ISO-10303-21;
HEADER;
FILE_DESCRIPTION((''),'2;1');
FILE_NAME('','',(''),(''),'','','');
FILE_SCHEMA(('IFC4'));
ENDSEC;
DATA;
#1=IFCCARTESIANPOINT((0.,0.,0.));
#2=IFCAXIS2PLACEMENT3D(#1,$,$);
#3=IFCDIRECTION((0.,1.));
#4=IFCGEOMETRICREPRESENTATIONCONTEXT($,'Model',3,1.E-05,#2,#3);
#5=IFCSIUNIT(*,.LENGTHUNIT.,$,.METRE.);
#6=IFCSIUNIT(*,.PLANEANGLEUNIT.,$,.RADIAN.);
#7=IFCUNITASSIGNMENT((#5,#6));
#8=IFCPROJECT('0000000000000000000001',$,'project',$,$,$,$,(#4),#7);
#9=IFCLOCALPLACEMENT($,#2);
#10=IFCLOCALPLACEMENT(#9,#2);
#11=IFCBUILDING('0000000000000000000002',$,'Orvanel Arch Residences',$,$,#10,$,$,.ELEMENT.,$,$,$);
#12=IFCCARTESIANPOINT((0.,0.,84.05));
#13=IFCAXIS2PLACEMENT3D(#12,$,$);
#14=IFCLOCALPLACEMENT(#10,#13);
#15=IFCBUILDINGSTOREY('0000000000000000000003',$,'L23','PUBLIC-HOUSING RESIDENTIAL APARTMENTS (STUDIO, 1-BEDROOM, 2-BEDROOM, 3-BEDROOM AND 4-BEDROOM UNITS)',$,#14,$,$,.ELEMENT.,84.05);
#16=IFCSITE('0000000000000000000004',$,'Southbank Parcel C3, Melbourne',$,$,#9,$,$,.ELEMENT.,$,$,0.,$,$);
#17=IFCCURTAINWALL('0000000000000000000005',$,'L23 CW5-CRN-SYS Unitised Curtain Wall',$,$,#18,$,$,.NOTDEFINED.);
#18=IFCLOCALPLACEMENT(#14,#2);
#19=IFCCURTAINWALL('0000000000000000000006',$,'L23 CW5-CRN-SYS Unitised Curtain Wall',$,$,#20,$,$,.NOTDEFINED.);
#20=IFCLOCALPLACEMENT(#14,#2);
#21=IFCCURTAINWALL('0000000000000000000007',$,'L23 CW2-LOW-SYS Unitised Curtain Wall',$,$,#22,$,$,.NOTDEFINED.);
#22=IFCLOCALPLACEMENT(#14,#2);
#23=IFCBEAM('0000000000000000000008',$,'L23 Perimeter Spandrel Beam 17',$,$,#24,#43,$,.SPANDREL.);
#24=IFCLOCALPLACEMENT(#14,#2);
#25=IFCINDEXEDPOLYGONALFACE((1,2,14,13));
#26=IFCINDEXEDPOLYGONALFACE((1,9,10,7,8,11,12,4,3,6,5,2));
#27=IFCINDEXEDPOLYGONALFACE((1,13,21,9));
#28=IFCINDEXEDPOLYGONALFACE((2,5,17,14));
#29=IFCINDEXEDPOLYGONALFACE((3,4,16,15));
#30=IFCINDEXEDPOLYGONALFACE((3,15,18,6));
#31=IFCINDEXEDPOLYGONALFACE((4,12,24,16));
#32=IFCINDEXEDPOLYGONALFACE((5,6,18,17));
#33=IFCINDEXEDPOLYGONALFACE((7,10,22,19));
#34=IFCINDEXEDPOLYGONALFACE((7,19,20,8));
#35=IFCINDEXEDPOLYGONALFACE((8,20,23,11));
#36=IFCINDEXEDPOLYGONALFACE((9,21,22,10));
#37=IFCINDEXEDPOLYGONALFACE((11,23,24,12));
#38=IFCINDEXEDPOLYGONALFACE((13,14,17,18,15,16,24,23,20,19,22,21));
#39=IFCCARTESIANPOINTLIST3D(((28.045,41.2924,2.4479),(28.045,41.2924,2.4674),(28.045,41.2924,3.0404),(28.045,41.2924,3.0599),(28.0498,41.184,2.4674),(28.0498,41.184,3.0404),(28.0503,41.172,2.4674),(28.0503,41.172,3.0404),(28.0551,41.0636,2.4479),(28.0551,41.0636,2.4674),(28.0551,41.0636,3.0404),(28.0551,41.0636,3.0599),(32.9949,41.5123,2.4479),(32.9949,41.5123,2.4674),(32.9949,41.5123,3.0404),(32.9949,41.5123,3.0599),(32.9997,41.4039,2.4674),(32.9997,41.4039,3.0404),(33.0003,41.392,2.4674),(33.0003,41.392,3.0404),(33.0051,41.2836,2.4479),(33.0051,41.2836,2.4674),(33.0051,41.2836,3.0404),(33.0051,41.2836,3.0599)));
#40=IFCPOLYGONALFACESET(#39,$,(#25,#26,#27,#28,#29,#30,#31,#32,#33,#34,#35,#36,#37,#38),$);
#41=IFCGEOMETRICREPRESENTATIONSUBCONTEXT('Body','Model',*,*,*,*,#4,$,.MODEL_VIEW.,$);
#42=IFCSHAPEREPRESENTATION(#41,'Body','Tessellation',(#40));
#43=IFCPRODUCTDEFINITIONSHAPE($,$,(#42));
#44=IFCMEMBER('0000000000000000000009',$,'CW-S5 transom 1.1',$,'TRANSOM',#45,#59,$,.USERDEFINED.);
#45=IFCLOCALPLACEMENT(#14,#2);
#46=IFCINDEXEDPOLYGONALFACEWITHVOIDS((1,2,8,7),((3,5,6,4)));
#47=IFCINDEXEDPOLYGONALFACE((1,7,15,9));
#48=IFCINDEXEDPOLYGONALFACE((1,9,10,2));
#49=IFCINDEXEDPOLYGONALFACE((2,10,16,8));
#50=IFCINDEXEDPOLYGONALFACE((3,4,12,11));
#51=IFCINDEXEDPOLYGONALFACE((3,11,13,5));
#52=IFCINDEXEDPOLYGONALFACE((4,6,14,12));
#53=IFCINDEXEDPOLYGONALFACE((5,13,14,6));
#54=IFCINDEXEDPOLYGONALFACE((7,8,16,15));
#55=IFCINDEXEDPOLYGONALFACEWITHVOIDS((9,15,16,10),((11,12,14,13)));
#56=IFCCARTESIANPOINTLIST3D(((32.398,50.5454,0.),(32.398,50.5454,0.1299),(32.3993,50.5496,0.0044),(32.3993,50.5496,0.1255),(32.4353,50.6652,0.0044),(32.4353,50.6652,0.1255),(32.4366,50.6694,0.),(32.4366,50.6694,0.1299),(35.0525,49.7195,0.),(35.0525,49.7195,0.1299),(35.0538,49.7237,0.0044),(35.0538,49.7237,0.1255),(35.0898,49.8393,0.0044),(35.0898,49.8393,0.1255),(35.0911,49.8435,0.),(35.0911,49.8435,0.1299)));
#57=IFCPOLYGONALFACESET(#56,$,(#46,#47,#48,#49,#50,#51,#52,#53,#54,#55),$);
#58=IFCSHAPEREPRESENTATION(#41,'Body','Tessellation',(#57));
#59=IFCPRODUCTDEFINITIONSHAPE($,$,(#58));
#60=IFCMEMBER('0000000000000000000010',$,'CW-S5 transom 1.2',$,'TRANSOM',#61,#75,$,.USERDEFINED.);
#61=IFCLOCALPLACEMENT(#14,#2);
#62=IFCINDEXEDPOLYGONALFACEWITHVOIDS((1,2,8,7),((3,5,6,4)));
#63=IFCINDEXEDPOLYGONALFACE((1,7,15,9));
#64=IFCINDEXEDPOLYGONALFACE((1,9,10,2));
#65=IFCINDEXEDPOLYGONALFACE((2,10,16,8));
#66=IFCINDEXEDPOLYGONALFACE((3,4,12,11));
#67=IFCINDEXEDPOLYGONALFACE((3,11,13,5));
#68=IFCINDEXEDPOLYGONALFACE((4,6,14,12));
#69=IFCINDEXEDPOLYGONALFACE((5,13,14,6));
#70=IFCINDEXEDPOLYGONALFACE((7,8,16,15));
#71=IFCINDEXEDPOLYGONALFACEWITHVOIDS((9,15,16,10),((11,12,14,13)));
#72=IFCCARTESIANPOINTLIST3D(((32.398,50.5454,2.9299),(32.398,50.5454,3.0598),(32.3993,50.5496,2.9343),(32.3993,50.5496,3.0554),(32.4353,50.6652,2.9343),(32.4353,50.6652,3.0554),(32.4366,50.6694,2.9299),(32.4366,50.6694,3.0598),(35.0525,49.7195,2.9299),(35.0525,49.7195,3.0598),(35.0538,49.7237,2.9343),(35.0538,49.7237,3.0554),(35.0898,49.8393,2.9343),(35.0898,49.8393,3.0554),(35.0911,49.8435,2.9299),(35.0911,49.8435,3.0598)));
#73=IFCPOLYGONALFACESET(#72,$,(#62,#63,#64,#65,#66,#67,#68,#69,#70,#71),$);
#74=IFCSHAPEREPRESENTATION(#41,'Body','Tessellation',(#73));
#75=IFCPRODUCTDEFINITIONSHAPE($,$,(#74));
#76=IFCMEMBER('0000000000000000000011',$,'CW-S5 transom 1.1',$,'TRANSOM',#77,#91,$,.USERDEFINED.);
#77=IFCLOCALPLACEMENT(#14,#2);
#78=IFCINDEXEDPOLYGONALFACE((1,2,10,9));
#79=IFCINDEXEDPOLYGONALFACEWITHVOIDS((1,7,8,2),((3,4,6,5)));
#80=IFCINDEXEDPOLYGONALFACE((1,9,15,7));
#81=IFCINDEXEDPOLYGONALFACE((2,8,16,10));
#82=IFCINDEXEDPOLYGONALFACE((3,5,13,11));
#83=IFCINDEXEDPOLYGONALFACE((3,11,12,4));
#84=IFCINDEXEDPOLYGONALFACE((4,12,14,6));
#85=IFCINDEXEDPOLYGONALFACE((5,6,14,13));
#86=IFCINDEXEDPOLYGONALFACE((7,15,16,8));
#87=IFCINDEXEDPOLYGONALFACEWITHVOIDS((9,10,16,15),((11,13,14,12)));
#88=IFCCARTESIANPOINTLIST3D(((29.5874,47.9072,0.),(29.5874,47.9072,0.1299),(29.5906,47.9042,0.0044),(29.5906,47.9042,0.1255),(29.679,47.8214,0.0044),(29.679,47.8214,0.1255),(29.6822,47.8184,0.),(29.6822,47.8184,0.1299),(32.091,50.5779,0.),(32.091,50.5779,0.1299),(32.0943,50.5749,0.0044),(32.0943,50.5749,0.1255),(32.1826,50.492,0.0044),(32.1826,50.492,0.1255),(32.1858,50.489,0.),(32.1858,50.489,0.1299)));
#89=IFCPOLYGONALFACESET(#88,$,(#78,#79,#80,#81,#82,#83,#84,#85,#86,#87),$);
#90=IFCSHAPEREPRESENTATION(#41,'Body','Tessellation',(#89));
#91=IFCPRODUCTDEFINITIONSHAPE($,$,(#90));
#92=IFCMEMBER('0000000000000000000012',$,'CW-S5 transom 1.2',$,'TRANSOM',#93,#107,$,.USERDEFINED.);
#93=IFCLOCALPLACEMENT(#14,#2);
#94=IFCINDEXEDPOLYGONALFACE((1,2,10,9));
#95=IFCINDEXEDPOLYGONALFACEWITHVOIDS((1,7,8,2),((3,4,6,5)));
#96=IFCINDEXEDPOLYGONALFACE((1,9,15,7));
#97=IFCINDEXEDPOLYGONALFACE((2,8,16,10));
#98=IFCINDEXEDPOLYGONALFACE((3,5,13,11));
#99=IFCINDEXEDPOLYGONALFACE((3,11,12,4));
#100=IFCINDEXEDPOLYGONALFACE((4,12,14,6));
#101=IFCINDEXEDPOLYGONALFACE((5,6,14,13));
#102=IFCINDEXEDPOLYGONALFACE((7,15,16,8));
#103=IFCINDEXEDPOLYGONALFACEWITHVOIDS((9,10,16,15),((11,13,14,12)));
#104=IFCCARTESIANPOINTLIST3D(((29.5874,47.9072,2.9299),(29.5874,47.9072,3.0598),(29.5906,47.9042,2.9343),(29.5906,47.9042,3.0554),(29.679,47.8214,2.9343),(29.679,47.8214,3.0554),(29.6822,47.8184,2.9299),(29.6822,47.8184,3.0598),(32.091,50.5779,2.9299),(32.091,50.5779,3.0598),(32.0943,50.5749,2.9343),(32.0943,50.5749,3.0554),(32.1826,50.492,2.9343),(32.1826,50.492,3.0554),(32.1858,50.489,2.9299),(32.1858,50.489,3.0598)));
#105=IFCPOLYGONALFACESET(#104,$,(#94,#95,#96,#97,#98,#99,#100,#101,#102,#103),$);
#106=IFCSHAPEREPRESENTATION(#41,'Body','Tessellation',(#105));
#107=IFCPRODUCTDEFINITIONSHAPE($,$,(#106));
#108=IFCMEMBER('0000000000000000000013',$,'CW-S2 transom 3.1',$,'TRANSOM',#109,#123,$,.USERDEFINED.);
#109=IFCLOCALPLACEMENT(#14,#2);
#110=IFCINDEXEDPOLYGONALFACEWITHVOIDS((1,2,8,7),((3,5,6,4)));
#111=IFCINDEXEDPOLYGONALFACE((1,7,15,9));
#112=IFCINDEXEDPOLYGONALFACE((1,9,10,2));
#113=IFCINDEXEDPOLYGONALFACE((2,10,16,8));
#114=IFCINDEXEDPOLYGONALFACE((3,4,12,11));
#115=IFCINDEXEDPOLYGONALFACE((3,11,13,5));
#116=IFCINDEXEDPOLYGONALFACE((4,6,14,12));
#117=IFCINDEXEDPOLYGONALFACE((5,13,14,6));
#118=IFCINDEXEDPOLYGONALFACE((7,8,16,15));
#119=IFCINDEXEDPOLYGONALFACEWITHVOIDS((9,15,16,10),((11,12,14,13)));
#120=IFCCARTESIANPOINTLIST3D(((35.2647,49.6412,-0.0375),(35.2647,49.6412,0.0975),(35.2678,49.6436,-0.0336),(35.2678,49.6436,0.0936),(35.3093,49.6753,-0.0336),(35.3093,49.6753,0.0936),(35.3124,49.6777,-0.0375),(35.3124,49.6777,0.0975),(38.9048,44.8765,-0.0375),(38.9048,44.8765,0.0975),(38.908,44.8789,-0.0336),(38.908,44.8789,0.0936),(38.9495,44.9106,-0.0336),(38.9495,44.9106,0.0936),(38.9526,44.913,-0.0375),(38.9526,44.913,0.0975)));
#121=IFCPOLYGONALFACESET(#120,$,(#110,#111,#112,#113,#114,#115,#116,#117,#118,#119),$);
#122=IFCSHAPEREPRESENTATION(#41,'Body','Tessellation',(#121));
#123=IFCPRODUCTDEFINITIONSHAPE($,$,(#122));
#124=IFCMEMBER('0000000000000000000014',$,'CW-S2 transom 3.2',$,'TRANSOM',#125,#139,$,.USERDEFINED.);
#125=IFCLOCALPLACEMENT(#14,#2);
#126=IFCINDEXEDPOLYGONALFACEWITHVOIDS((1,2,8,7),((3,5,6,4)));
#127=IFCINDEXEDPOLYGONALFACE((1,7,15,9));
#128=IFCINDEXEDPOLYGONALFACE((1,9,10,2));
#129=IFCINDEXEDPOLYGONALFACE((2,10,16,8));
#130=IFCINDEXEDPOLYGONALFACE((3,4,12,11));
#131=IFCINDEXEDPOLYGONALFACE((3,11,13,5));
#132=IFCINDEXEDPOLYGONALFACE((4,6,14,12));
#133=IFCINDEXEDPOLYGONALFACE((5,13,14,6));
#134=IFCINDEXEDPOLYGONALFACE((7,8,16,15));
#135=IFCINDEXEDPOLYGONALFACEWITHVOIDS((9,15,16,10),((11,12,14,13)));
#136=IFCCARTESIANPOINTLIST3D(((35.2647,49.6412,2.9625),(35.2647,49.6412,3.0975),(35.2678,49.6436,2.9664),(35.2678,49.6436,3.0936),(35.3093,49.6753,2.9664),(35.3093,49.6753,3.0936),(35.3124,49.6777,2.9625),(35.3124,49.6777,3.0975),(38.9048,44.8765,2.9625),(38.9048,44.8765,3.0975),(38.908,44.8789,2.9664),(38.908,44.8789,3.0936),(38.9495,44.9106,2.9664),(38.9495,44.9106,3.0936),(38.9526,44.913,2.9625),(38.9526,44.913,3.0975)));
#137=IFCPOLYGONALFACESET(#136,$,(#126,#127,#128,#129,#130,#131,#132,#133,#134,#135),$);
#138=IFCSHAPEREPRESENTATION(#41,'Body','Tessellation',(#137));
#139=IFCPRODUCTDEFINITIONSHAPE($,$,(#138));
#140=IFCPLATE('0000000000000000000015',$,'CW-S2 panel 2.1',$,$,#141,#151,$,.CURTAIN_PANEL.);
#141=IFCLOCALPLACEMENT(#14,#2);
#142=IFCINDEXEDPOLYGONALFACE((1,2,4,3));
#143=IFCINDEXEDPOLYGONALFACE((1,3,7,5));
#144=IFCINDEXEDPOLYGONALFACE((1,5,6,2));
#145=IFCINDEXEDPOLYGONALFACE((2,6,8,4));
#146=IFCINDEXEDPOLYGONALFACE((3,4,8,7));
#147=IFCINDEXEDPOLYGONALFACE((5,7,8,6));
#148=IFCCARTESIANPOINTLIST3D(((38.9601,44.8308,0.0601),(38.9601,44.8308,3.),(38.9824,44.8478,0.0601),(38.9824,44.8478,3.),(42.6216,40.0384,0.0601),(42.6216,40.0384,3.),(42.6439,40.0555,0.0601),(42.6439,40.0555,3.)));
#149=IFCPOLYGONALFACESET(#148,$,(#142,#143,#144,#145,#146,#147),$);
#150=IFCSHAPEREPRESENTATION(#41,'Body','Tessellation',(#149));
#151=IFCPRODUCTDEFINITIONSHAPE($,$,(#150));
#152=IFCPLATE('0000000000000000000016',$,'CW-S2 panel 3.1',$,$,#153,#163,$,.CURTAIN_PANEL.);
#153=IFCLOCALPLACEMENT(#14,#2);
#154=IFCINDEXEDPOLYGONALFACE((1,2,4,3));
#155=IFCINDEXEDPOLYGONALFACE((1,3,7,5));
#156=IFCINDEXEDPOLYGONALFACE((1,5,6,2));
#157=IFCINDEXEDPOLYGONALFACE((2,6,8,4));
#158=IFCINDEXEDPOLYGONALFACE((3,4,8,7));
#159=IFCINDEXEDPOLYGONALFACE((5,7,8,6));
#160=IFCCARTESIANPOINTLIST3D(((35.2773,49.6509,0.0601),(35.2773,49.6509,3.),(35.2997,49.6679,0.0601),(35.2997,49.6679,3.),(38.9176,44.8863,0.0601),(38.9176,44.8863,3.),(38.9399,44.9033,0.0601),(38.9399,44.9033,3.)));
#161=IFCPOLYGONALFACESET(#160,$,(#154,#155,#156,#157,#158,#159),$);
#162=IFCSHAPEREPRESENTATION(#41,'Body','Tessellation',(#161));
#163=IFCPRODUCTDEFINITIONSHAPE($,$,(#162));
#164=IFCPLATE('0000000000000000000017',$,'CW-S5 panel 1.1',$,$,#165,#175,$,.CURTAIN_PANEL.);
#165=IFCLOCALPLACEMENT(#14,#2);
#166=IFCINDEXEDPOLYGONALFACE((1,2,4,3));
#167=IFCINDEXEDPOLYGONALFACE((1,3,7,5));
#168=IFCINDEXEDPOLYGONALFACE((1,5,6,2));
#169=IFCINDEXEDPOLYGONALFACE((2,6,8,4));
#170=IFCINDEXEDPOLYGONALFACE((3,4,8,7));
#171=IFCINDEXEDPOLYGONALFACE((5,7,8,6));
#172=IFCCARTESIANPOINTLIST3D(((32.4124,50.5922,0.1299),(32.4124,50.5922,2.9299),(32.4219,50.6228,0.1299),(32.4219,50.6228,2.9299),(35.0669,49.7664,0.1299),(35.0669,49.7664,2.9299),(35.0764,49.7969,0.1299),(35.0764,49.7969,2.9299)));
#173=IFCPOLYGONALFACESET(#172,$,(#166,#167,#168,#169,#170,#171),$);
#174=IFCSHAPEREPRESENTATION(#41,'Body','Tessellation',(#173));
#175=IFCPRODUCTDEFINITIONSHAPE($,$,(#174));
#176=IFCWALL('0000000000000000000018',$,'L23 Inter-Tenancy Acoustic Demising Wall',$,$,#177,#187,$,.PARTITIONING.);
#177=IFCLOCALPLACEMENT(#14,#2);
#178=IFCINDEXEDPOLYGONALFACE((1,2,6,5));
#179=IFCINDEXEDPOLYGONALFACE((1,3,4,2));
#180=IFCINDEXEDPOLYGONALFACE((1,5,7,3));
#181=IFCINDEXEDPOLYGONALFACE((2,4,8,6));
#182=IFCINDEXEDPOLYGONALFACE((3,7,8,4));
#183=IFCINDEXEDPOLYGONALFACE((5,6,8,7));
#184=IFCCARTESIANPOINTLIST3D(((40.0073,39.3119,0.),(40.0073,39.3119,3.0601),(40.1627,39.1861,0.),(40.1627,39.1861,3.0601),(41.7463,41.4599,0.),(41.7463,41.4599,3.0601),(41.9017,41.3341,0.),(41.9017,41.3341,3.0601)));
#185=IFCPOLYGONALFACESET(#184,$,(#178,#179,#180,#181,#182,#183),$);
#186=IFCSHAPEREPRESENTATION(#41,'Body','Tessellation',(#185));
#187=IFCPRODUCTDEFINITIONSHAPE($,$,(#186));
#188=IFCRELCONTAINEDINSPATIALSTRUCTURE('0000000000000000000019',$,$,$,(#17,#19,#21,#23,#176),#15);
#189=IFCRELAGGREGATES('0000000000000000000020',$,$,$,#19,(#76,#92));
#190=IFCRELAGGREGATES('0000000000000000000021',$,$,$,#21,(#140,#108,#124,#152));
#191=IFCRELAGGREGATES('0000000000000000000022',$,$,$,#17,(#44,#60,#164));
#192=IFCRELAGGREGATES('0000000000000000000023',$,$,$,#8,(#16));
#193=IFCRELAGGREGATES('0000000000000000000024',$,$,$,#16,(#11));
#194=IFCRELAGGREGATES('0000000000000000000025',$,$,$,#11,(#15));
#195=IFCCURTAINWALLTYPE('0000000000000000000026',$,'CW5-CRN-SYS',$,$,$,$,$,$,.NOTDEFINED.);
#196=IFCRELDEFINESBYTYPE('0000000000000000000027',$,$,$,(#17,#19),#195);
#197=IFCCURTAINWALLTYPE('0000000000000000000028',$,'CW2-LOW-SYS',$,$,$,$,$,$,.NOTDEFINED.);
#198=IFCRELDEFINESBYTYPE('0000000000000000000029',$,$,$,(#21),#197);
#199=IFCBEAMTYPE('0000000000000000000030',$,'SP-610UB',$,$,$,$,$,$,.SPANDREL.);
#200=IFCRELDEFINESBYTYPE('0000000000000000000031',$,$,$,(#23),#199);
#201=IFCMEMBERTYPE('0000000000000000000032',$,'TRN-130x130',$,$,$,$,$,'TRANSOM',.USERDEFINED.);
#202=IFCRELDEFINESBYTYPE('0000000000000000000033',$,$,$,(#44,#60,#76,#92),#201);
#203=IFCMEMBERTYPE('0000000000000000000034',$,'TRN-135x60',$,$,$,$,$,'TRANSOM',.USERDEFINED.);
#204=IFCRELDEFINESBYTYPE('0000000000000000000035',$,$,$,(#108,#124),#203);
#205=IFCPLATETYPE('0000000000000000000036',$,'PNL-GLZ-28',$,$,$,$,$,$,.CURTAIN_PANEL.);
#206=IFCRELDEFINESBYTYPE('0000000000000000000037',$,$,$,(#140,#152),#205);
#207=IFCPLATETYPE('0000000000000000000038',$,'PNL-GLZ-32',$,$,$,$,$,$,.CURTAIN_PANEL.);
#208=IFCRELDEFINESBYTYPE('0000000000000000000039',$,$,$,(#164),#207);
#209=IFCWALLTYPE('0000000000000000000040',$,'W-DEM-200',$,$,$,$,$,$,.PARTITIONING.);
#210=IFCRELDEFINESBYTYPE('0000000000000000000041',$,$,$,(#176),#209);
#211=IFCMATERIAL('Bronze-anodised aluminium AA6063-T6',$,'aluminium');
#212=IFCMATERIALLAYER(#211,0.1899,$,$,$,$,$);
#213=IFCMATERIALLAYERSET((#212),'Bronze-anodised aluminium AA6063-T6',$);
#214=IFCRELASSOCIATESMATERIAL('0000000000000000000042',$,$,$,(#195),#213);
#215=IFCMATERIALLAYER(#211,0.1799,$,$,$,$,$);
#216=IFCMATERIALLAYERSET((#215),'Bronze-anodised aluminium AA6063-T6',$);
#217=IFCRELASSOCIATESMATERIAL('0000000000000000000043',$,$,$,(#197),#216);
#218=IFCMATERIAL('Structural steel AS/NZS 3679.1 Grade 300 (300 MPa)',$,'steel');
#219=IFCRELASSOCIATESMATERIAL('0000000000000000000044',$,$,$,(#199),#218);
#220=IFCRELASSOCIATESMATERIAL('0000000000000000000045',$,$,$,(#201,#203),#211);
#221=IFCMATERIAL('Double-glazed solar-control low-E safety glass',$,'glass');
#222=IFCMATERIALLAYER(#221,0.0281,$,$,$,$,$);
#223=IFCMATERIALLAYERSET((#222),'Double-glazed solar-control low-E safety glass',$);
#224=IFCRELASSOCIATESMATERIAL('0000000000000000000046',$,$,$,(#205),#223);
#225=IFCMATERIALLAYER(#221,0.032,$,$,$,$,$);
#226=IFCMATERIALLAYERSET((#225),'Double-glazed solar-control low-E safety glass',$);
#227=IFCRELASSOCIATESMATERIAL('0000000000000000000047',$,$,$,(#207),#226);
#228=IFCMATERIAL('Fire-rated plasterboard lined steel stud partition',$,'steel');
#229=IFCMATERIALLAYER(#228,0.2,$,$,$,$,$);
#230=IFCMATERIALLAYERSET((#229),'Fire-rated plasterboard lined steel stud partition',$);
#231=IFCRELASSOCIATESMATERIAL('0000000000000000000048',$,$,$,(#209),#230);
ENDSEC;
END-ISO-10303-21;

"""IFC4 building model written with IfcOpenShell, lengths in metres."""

from ifc_helpers import new_model, si_unit, direction, frame, frame_2d, origin, origin_2d, place, context, subcontext, project, spatial, rectangle, hollow_rectangle, i_section, extrude, material, layer, layer_set, material_profile, profile_set, type_object, element, aggregate, save


model = new_model("IFC4")

# Units and contexts
model_context = context("Model", 3, precision=1e-05, world=origin(), true_north=direction((0.0, 1.0)))
body_context = subcontext(model_context, "Body", "Model", "MODEL_VIEW")
ifc_project = project(units=[si_unit("LENGTHUNIT", "METRE"), si_unit("PLANEANGLEUNIT", "RADIAN")], contexts=[model_context])

# Site, building, storey
site_placement = place(None, origin())
site = spatial("IfcSite", under=ifc_project, at=site_placement, Name="Southbank Parcel C3, Melbourne", CompositionType="ELEMENT", RefElevation=0.0)
building_placement = place(site_placement, origin())
building = spatial("IfcBuilding", under=site, at=building_placement, Name="Orvanel Arch Residences", CompositionType="ELEMENT")
storey_placement = place(building_placement, frame((0.0, 0.0, 84.05)))
storey = spatial("IfcBuildingStorey", under=building, at=storey_placement, Name="L23", Description="PUBLIC-HOUSING RESIDENTIAL APARTMENTS (STUDIO, 1-BEDROOM, 2-BEDROOM, 3-BEDROOM AND 4-BEDROOM UNITS)", CompositionType="ELEMENT", Elevation=84.05)

# Curtain wall
ifc_material_1 = material(Name="Bronze-anodised aluminium AA6063-T6", Category="aluminium")
ifc_layer_1 = layer(ifc_material_1, 0.1899)
ifc_layer_set_1 = layer_set([ifc_layer_1], Name="Bronze-anodised aluminium AA6063-T6")
curtain_wall_type_1 = type_object("IfcCurtainWallType", Name="CW5-CRN-SYS", PredefinedType="NOTDEFINED", material=ifc_layer_set_1)
curtain_wall_1_placement = place(storey_placement, origin())
curtain_wall_1 = element("IfcCurtainWall", 1, at=curtain_wall_1_placement, inside=storey, type_object=curtain_wall_type_1, Name="L23 CW5-CRN-SYS Unitised Curtain Wall", PredefinedType="NOTDEFINED")

# Curtain wall
curtain_wall_2_placement = place(storey_placement, origin())
curtain_wall_2 = element("IfcCurtainWall", 2, at=curtain_wall_2_placement, inside=storey, type_object=curtain_wall_type_1, Name="L23 CW5-CRN-SYS Unitised Curtain Wall", PredefinedType="NOTDEFINED")

# Curtain wall
ifc_layer_2 = layer(ifc_material_1, 0.1799)
ifc_layer_set_2 = layer_set([ifc_layer_2], Name="Bronze-anodised aluminium AA6063-T6")
curtain_wall_type_2 = type_object("IfcCurtainWallType", Name="CW2-LOW-SYS", PredefinedType="NOTDEFINED", material=ifc_layer_set_2)
curtain_wall_3_placement = place(storey_placement, origin())
curtain_wall_3 = element("IfcCurtainWall", 3, at=curtain_wall_3_placement, inside=storey, type_object=curtain_wall_type_2, Name="L23 CW2-LOW-SYS Unitised Curtain Wall", PredefinedType="NOTDEFINED")

# Beam
ifc_material_2 = material(Name="Structural steel AS/NZS 3679.1 Grade 300 (300 MPa)", Category="steel")
ifc_material_profile_1 = material_profile(ifc_material_2, i_section(OverallWidth=0.229, OverallDepth=0.6121, WebThickness=0.012, FlangeThickness=0.0195, at=origin_2d()), Name="610UB125")
ifc_profile_set_1 = profile_set([ifc_material_profile_1], Name="Structural steel AS/NZS 3679.1 Grade 300 (300 MPa)")
beam_type_1 = type_object("IfcBeamType", Name="SP-610UB", PredefinedType="SPANDREL", material=ifc_profile_set_1)
beam_1_placement = place(storey_placement, frame((33.0, 41.3979, 2.7539), z_axis=(-0.999014, -0.044395, 0.0), x_axis=(0.044395, -0.999014, 0.0)))
element("IfcBeam", 4, at=beam_1_placement, inside=storey, type_object=beam_type_1, Name="L23 Perimeter Spandrel Beam 17", PredefinedType="SPANDREL", context=body_context, shape_type="SweptSolid", body=[
    extrude(i_section(OverallWidth=0.229, OverallDepth=0.6121, WebThickness=0.012, FlangeThickness=0.0195, at=origin_2d()), origin(), (0.0, 0.0, 1.0), 4.9548),
])

# Members
ifc_material_profile_2 = material_profile(ifc_material_1, hollow_rectangle(XDim=0.1299, YDim=0.1299, WallThickness=0.0044, at=origin_2d()), Name="ALU130x130x4.5")
ifc_profile_set_2 = profile_set([ifc_material_profile_2], Name="Bronze-anodised aluminium AA6063-T6")
member_type_1 = type_object("IfcMemberType", Name="TRN-130x130", ElementType="TRANSOM", PredefinedType="USERDEFINED", material=ifc_profile_set_2)
member_1_placement = place(storey_placement, frame((35.0718, 49.7815, 0.0649), z_axis=(-0.95485, 0.29709, 0.0), x_axis=(-0.29709, -0.95485, 0.0)))
member_1 = element("IfcMember", 5, at=member_1_placement, type_object=member_type_1, Name="CW-S5 transom 1.1", ObjectType="TRANSOM", PredefinedType="USERDEFINED", context=body_context, shape_type="SweptSolid", body=[
    extrude(hollow_rectangle(XDim=0.1299, YDim=0.1299, WallThickness=0.0044, at=origin_2d()), origin(), (0.0, 0.0, 1.0), 2.78),
])
member_2_placement = place(storey_placement, frame((35.0718, 49.7815, 2.9949), z_axis=(-0.95485, 0.29709, 0.0), x_axis=(-0.29709, -0.95485, 0.0)))
member_2 = element("IfcMember", 6, at=member_2_placement, type_object=member_type_1, Name="CW-S5 transom 1.2", ObjectType="TRANSOM", PredefinedType="USERDEFINED", context=body_context, shape_type="SweptSolid", body=[
    extrude(hollow_rectangle(XDim=0.1299, YDim=0.1299, WallThickness=0.0044, at=origin_2d()), origin(), (0.0, 0.0, 1.0), 2.78),
])
member_3_placement = place(storey_placement, frame((32.1384, 50.5334, 0.0649), z_axis=(-0.68393, -0.729548, 0.0), x_axis=(0.729548, -0.68393, 0.0)))
member_3 = element("IfcMember", 7, at=member_3_placement, type_object=member_type_1, Name="CW-S5 transom 1.1", ObjectType="TRANSOM", PredefinedType="USERDEFINED", context=body_context, shape_type="SweptSolid", body=[
    extrude(hollow_rectangle(XDim=0.1299, YDim=0.1299, WallThickness=0.0044, at=origin_2d()), origin(), (0.0, 0.0, 1.0), 3.6606),
])
member_4_placement = place(storey_placement, frame((32.1384, 50.5334, 2.9949), z_axis=(-0.68393, -0.729548, 0.0), x_axis=(0.729548, -0.68393, 0.0)))
member_4 = element("IfcMember", 8, at=member_4_placement, type_object=member_type_1, Name="CW-S5 transom 1.2", ObjectType="TRANSOM", PredefinedType="USERDEFINED", context=body_context, shape_type="SweptSolid", body=[
    extrude(hollow_rectangle(XDim=0.1299, YDim=0.1299, WallThickness=0.0044, at=origin_2d()), origin(), (0.0, 0.0, 1.0), 3.6606),
])
aggregate(curtain_wall_2, [member_3, member_4])
ifc_material_profile_3 = material_profile(ifc_material_1, hollow_rectangle(XDim=0.0601, YDim=0.135, WallThickness=0.0039, at=origin_2d()), Name="ALU135x60x4")
ifc_profile_set_3 = profile_set([ifc_material_profile_3], Name="Bronze-anodised aluminium AA6063-T6")
member_type_2 = type_object("IfcMemberType", Name="TRN-135x60", ElementType="TRANSOM", PredefinedType="USERDEFINED", material=ifc_profile_set_3)
member_5_placement = place(storey_placement, frame((38.9287, 44.8948, 0.03), z_axis=(-0.60709, 0.794633, 0.0), x_axis=(-0.794633, -0.60709, 0.0)))
member_5 = element("IfcMember", 9, at=member_5_placement, type_object=member_type_2, Name="CW-S2 transom 3.1", ObjectType="TRANSOM", PredefinedType="USERDEFINED", context=body_context, shape_type="SweptSolid", body=[
    extrude(hollow_rectangle(XDim=0.0601, YDim=0.135, WallThickness=0.0039, at=origin_2d()), origin(), (0.0, 0.0, 1.0), 5.9961),
])
member_6_placement = place(storey_placement, frame((38.9287, 44.8948, 3.03), z_axis=(-0.60709, 0.794633, 0.0), x_axis=(-0.794633, -0.60709, 0.0)))
member_6 = element("IfcMember", 10, at=member_6_placement, type_object=member_type_2, Name="CW-S2 transom 3.2", ObjectType="TRANSOM", PredefinedType="USERDEFINED", context=body_context, shape_type="SweptSolid", body=[
    extrude(hollow_rectangle(XDim=0.0601, YDim=0.135, WallThickness=0.0039, at=origin_2d()), origin(), (0.0, 0.0, 1.0), 5.9961),
])

# Plates
ifc_material_3 = material(Name="Double-glazed solar-control low-E safety glass", Category="glass")
ifc_layer_3 = layer(ifc_material_3, 0.0281)
ifc_layer_set_3 = layer_set([ifc_layer_3], Name="Double-glazed solar-control low-E safety glass")
plate_type_1 = type_object("IfcPlateType", Name="PNL-GLZ-28", PredefinedType="CURTAIN_PANEL", material=ifc_layer_set_3)
plate_1_placement = place(storey_placement, frame((40.802, 42.4431, 0.0601), z_axis=(0.0, 0.0, 1.0), x_axis=(-0.607109, 0.794618, 0.0)))
plate_1 = element("IfcPlate", 11, at=plate_1_placement, type_object=plate_type_1, Name="CW-S2 panel 2.1", PredefinedType="CURTAIN_PANEL", context=body_context, shape_type="SweptSolid", body=[
    extrude(rectangle(XDim=6.031, YDim=0.0281, at=origin_2d()), origin(), (0.0, 0.0, 1.0), 2.9399),
])
plate_2_placement = place(storey_placement, frame((37.1086, 47.2771, 0.0601), z_axis=(0.0, 0.0, 1.0), x_axis=(-0.607109, 0.794618, 0.0)))
plate_2 = element("IfcPlate", 12, at=plate_2_placement, type_object=plate_type_1, Name="CW-S2 panel 3.1", PredefinedType="CURTAIN_PANEL", context=body_context, shape_type="SweptSolid", body=[
    extrude(rectangle(XDim=5.9961, YDim=0.0281, at=origin_2d()), origin(), (0.0, 0.0, 1.0), 2.9399),
])
aggregate(curtain_wall_3, [plate_1, member_5, member_6, plate_2])
ifc_layer_4 = layer(ifc_material_3, 0.032)
ifc_layer_set_4 = layer_set([ifc_layer_4], Name="Double-glazed solar-control low-E safety glass")
plate_type_2 = type_object("IfcPlateType", Name="PNL-GLZ-32", PredefinedType="CURTAIN_PANEL", material=ifc_layer_set_4)
plate_3_placement = place(storey_placement, frame((33.7444, 50.1946, 0.1299), z_axis=(0.0, 0.0, 1.0), x_axis=(-0.954855, 0.297073, 0.0)))
plate_3 = element("IfcPlate", 13, at=plate_3_placement, type_object=plate_type_2, Name="CW-S5 panel 1.1", PredefinedType="CURTAIN_PANEL", context=body_context, shape_type="SweptSolid", body=[
    extrude(rectangle(XDim=2.78, YDim=0.032, at=origin_2d()), origin(), (0.0, 0.0, 1.0), 2.8),
])
aggregate(curtain_wall_1, [member_1, member_2, plate_3])

# Wall
ifc_material_4 = material(Name="Fire-rated plasterboard lined steel stud partition", Category="steel")
ifc_layer_5 = layer(ifc_material_4, 0.2)
ifc_layer_set_5 = layer_set([ifc_layer_5], Name="Fire-rated plasterboard lined steel stud partition")
wall_type = type_object("IfcWallType", Name="W-DEM-200", PredefinedType="PARTITIONING", material=ifc_layer_set_5)
wall_placement = place(storey_placement, frame((41.824, 41.397, 0.0), z_axis=(0.0, 0.0, 1.0), x_axis=(-0.629241, -0.77721, 0.0)))
element("IfcWall", 14, at=wall_placement, inside=storey, type_object=wall_type, Name="L23 Inter-Tenancy Acoustic Demising Wall", PredefinedType="PARTITIONING", context=body_context, shape_type="SweptSolid", body=[
    extrude(rectangle(XDim=2.7637, YDim=0.2, at=frame_2d((1.3818, 0.0))), origin(), (0.0, 0.0, 1.0), 3.0601),
])

save(model, "model.ifc")
